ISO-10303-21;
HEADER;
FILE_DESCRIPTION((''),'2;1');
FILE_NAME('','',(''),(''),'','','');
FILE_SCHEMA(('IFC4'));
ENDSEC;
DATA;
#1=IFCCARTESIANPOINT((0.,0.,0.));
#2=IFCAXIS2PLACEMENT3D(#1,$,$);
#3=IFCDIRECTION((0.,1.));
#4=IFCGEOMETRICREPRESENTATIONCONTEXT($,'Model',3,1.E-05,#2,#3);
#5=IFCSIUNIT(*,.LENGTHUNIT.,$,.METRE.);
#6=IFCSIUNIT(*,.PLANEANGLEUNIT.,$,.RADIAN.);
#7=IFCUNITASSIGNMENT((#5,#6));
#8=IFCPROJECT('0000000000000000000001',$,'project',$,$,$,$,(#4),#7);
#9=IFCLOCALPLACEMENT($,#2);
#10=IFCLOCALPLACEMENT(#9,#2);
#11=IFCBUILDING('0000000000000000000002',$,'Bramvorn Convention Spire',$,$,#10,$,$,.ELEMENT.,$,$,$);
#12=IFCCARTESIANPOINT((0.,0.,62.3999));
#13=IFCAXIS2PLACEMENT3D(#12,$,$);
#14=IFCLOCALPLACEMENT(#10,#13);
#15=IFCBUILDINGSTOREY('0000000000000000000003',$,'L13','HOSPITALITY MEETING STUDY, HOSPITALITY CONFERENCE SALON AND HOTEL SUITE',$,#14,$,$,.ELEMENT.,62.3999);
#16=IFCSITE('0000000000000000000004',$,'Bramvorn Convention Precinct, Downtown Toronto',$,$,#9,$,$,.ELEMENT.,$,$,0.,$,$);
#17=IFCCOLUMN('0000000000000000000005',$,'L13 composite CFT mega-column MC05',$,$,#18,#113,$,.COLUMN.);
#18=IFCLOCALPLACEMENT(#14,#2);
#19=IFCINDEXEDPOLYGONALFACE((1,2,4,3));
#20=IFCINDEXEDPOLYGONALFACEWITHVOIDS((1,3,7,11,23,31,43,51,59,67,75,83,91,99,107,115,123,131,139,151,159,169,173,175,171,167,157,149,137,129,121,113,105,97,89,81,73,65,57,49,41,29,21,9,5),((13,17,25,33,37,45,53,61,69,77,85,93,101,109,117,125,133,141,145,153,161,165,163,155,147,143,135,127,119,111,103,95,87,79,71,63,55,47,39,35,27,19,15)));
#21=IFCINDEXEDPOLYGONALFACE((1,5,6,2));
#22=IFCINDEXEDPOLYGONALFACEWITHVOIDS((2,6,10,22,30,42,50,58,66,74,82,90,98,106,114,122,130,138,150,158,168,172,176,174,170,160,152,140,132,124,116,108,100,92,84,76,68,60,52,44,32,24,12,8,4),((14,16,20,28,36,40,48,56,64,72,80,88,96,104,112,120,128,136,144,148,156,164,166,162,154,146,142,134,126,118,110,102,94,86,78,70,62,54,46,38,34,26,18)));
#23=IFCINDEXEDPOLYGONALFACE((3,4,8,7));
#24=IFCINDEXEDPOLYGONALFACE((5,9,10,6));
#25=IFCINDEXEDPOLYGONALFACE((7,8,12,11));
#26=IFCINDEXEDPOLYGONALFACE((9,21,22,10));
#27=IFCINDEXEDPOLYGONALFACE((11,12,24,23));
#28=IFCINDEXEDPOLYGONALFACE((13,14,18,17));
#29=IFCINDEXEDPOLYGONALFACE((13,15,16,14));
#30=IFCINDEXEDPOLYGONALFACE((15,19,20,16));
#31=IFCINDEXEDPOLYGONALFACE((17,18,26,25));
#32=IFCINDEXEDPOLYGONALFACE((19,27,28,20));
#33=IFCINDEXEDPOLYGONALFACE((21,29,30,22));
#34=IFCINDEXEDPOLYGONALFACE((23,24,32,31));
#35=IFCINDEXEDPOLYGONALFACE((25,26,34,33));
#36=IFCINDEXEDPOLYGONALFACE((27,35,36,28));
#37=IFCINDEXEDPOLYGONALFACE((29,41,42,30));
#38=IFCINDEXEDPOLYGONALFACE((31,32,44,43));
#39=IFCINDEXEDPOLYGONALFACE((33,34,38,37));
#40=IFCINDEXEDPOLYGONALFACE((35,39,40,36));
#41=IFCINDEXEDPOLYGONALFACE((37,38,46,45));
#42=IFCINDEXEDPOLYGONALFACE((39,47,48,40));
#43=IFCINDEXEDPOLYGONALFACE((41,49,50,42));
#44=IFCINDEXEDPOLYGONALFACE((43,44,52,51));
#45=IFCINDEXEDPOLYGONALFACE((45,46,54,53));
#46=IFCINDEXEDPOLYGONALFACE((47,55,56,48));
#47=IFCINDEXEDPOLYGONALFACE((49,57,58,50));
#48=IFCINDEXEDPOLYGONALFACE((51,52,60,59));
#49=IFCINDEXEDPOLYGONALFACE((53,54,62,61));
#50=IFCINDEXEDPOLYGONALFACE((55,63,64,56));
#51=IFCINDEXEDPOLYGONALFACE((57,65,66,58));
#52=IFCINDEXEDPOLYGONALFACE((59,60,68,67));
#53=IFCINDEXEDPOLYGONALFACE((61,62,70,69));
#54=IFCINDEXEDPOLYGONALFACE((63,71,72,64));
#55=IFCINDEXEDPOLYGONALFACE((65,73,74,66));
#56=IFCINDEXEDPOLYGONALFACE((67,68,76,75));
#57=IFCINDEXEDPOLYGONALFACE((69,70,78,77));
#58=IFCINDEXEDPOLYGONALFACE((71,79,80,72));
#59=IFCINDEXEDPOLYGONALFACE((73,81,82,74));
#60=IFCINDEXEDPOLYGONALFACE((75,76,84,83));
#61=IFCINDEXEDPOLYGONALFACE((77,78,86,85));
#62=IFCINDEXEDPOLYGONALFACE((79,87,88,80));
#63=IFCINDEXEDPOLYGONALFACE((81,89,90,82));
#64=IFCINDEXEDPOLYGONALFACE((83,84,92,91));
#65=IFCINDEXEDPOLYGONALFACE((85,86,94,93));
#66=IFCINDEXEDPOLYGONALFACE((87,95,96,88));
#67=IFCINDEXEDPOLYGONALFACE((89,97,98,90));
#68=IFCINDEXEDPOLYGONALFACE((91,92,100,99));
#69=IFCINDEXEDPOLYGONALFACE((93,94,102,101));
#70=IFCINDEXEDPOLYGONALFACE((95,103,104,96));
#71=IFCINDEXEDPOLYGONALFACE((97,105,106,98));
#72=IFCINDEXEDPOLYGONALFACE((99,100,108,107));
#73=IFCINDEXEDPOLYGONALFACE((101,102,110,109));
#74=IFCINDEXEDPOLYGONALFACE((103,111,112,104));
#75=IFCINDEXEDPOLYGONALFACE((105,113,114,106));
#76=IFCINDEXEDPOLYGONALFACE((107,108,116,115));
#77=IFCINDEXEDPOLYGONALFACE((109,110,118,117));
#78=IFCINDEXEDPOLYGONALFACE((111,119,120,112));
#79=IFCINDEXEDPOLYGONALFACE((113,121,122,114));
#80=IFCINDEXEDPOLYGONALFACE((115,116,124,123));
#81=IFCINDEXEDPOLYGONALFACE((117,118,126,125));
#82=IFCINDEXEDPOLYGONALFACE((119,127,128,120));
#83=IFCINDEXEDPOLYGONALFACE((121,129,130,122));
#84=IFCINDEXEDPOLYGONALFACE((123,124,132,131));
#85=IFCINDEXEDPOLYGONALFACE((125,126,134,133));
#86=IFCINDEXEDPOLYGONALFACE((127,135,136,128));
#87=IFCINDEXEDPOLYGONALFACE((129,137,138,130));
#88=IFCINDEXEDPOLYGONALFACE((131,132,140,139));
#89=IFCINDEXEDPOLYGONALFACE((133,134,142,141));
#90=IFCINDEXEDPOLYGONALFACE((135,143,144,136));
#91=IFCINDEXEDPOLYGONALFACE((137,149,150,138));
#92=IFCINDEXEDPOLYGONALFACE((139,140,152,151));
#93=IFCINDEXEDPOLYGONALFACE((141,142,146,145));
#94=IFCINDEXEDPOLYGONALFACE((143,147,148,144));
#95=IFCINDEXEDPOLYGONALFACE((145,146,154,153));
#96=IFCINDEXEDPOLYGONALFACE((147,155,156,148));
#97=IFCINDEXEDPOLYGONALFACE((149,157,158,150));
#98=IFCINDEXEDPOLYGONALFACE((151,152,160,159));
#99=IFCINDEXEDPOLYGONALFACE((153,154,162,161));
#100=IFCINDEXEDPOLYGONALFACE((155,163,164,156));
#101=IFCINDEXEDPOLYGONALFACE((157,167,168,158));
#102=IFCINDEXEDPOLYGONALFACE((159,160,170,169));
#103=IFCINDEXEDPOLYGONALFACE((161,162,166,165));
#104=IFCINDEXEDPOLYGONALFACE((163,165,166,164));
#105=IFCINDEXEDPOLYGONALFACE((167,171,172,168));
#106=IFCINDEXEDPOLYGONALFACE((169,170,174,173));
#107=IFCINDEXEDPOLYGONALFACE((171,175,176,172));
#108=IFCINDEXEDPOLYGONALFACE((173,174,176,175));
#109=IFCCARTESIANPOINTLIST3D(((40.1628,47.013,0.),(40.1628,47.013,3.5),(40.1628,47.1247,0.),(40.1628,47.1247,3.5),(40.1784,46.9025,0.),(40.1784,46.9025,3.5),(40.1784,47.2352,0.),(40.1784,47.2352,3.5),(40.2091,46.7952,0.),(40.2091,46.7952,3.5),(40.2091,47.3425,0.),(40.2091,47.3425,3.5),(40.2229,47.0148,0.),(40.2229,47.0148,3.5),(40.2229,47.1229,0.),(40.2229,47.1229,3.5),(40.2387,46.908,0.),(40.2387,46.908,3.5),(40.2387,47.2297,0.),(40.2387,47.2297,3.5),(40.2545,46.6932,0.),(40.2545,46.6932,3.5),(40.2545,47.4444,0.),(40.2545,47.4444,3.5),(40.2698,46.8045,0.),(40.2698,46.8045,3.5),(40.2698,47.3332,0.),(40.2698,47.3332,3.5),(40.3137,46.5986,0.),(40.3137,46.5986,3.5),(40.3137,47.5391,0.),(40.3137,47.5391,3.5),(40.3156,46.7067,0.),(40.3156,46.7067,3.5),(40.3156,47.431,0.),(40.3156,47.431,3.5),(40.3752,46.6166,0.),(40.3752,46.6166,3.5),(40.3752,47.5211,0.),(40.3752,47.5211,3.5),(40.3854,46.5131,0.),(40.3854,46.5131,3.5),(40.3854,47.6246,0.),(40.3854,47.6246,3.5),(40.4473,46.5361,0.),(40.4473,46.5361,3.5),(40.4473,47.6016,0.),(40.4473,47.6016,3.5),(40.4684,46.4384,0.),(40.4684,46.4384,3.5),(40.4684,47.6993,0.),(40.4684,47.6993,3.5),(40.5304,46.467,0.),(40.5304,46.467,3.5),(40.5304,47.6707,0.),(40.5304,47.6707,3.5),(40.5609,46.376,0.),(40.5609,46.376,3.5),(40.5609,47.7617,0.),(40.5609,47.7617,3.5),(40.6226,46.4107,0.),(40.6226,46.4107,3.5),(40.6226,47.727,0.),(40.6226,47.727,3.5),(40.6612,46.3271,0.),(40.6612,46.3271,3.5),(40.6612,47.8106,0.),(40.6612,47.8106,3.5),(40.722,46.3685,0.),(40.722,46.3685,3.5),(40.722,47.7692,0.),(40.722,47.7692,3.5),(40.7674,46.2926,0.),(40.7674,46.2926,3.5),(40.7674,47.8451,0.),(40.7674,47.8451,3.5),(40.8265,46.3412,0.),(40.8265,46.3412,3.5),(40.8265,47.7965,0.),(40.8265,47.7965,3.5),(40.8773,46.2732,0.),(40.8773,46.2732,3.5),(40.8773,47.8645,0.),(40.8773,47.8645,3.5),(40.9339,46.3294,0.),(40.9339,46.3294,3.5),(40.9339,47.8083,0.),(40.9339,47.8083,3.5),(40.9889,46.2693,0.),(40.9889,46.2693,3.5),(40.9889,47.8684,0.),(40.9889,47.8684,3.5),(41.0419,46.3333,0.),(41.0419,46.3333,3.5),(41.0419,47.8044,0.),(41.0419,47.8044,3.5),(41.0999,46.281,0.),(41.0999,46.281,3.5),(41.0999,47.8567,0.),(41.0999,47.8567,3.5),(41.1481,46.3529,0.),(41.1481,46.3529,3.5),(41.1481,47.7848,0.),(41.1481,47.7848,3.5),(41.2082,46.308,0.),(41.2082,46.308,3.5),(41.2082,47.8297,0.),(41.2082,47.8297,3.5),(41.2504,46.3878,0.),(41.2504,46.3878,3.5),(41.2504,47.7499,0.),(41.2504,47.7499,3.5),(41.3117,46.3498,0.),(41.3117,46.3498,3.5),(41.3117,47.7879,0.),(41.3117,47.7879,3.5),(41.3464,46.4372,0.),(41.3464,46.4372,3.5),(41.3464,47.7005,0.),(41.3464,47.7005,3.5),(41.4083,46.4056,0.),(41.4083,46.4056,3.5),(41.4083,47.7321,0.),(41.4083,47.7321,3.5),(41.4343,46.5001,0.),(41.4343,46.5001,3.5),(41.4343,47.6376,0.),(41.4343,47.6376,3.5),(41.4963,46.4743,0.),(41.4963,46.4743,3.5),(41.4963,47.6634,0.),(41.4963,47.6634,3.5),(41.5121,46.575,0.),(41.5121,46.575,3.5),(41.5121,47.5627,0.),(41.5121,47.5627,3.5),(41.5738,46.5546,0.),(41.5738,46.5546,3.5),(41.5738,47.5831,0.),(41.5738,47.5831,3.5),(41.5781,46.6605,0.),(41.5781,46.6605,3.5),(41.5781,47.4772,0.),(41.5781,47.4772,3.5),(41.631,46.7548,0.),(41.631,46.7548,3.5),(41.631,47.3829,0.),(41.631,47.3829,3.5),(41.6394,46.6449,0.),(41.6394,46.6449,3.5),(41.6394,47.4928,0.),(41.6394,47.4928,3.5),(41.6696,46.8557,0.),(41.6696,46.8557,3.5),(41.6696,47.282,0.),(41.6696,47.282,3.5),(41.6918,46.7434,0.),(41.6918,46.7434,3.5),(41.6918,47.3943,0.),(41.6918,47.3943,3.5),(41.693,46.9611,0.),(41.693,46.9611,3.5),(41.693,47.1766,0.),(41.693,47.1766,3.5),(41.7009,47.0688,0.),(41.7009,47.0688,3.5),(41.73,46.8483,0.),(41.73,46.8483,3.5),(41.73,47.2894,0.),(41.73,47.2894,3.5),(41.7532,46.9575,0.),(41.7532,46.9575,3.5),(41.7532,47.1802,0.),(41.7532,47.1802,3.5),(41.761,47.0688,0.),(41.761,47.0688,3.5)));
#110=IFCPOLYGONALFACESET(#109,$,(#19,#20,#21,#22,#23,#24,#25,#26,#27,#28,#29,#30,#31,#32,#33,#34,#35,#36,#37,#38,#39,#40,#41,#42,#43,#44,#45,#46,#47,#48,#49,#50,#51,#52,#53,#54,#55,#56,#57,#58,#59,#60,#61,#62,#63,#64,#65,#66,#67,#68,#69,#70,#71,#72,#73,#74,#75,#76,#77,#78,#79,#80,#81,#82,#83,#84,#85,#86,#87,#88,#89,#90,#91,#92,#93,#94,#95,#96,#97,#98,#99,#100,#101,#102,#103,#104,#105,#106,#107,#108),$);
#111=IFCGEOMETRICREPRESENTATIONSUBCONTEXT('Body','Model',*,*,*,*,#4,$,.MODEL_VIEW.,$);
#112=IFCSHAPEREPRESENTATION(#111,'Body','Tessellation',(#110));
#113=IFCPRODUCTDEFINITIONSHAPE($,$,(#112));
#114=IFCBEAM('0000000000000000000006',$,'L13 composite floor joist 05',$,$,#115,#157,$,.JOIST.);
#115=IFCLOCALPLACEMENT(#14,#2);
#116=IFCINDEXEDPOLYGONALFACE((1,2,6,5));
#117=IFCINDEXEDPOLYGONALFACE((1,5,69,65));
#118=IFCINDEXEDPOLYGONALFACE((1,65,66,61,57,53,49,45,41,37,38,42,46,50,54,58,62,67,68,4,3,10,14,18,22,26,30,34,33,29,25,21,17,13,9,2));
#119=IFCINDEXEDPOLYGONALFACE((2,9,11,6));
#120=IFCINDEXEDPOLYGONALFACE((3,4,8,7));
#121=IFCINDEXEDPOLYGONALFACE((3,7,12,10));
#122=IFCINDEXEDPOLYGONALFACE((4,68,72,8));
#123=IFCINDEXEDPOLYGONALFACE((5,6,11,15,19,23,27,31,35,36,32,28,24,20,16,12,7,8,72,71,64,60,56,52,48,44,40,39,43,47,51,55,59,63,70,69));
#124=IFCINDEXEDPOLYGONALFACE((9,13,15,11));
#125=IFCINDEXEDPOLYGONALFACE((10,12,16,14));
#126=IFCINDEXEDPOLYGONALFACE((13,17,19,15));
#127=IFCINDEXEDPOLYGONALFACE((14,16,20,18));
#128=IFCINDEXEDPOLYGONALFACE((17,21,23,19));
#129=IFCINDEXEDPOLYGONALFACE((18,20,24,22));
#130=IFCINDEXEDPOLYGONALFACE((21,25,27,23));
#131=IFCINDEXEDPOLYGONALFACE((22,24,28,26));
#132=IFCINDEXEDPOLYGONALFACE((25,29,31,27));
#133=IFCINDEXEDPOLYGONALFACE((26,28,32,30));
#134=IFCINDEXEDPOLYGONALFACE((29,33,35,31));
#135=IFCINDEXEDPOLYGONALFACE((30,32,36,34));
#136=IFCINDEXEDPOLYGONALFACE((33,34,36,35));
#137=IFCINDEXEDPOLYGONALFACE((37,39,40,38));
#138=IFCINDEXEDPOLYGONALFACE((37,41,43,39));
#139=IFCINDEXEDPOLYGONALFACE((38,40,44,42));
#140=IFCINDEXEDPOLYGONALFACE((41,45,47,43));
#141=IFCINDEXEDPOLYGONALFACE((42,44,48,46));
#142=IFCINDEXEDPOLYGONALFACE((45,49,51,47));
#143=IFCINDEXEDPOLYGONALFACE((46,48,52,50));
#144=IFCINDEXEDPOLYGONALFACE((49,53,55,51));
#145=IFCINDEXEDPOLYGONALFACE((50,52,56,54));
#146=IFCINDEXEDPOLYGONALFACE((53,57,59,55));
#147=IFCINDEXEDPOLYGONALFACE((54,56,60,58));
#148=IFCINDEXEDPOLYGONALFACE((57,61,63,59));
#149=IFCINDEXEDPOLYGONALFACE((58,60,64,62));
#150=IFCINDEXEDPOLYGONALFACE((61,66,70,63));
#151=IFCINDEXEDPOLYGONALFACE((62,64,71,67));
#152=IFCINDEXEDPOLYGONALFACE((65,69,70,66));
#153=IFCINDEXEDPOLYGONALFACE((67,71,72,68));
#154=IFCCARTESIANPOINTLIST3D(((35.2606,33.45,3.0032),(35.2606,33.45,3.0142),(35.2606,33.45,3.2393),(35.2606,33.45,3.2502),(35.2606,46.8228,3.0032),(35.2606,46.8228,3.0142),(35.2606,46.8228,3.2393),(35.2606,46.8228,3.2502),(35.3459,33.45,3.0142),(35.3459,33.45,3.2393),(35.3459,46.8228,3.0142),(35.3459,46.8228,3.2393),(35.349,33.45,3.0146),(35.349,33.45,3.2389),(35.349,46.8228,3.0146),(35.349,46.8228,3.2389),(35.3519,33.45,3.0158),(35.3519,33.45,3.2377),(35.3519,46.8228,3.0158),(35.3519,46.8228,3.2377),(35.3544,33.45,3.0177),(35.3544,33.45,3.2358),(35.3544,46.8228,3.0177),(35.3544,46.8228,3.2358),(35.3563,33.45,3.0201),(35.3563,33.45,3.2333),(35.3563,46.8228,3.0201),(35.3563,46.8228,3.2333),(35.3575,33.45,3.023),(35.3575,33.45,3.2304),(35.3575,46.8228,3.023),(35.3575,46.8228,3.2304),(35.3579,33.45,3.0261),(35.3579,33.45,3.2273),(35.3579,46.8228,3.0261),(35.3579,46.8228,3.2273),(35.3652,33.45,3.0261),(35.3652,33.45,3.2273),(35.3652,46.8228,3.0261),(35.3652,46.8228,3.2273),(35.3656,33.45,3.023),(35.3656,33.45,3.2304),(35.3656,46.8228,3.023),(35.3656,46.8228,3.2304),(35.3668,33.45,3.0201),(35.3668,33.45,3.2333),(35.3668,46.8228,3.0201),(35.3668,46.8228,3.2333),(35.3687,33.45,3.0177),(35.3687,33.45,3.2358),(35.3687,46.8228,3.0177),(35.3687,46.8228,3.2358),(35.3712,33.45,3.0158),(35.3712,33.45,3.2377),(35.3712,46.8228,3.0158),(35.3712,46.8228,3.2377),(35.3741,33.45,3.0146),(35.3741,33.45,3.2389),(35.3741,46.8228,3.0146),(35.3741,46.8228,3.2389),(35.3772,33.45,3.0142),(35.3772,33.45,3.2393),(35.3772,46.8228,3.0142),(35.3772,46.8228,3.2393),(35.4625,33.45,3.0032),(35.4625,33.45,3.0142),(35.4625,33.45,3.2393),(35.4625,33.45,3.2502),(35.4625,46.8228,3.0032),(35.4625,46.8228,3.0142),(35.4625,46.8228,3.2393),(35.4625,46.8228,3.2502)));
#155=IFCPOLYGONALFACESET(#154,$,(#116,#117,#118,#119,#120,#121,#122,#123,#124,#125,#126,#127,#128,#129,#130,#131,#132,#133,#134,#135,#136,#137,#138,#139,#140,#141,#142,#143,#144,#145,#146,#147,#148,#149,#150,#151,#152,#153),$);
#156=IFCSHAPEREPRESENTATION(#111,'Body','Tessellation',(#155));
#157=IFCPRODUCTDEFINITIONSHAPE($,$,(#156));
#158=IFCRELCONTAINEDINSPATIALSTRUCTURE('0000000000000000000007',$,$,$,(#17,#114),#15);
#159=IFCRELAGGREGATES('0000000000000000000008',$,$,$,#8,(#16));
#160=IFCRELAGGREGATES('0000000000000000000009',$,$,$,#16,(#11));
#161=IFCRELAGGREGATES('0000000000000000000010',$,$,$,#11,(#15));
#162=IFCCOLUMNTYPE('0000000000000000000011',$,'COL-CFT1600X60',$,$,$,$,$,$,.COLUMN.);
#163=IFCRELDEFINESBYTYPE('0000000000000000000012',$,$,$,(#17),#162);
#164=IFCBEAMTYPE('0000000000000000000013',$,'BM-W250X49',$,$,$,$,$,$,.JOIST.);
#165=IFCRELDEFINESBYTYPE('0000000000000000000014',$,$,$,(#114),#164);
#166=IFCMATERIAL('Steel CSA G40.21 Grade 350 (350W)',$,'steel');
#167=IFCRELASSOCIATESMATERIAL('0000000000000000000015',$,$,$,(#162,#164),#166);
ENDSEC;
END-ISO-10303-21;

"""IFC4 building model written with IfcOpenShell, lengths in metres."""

from ifc_helpers import new_model, si_unit, direction, frame, origin, origin_2d, place, context, subcontext, project, spatial, hollow_circle, i_section, extrude, material, material_profile, profile_set, type_object, element, save


model = new_model("IFC4")

# Units and contexts
model_context = context("Model", 3, precision=1e-05, world=origin(), true_north=direction((0.0, 1.0)))
body_context = subcontext(model_context, "Body", "Model", "MODEL_VIEW")
ifc_project = project(units=[si_unit("LENGTHUNIT", "METRE"), si_unit("PLANEANGLEUNIT", "RADIAN")], contexts=[model_context])

# Site, building, storey
site_placement = place(None, origin())
site = spatial("IfcSite", under=ifc_project, at=site_placement, Name="Bramvorn Convention Precinct, Downtown Toronto", CompositionType="ELEMENT", RefElevation=0.0)
building_placement = place(site_placement, origin())
building = spatial("IfcBuilding", under=site, at=building_placement, Name="Bramvorn Convention Spire", CompositionType="ELEMENT")
storey_placement = place(building_placement, frame((0.0, 0.0, 62.3999)))
storey = spatial("IfcBuildingStorey", under=building, at=storey_placement, Name="L13", Description="HOSPITALITY MEETING STUDY, HOSPITALITY CONFERENCE SALON AND HOTEL SUITE", CompositionType="ELEMENT", Elevation=62.3999)

# Column
ifc_material_1 = material(Name="Steel CSA G40.21 Grade 350 (350W)", Category="steel")
ifc_material_profile_1 = material_profile(ifc_material_1, hollow_circle(Radius=0.8, WallThickness=0.0601, at=origin_2d()))
ifc_profile_set_1 = profile_set([ifc_material_profile_1], Name="Steel CSA G40.21 Grade 350 (350W) - CFT1600X60")
column_type = type_object("IfcColumnType", Name="COL-CFT1600X60", PredefinedType="COLUMN", material=ifc_profile_set_1)
column_placement = place(storey_placement, frame((40.9609, 47.0688, 0.0), z_axis=(0.0, 0.0, 1.0), x_axis=(1.0, 0.0, 0.0)))
element("IfcColumn", 1, at=column_placement, inside=storey, type_object=column_type, Name="L13 composite CFT mega-column MC05", PredefinedType="COLUMN", context=body_context, shape_type="SweptSolid", body=[
    extrude(hollow_circle(Radius=0.8, WallThickness=0.0601, at=origin_2d()), origin(), (0.0, 0.0, 1.0), 3.5),
])

# Beam
ifc_material_profile_2 = material_profile(ifc_material_1, i_section(OverallWidth=0.2019, OverallDepth=0.2471, WebThickness=0.0073, FlangeThickness=0.011, FilletRadius=0.012, at=origin_2d()))
ifc_profile_set_2 = profile_set([ifc_material_profile_2], Name="Steel CSA G40.21 Grade 350 (350W) - W250X49")
beam_type_1 = type_object("IfcBeamType", Name="BM-W250X49", PredefinedType="JOIST", material=ifc_profile_set_2)
beam_1_placement = place(storey_placement, frame((35.3616, 33.45, 3.1267), z_axis=(0.0, 1.0, 0.0), x_axis=(-1.0, 0.0, 0.0)))
element("IfcBeam", 2, at=beam_1_placement, inside=storey, type_object=beam_type_1, Name="L13 composite floor joist 05", PredefinedType="JOIST", context=body_context, shape_type="SweptSolid", body=[
    extrude(i_section(OverallWidth=0.2019, OverallDepth=0.2471, WebThickness=0.0073, FlangeThickness=0.011, FilletRadius=0.012, at=origin_2d()), origin(), (0.0, 0.0, 1.0), 13.3728),
])

save(model, "model.ifc")
